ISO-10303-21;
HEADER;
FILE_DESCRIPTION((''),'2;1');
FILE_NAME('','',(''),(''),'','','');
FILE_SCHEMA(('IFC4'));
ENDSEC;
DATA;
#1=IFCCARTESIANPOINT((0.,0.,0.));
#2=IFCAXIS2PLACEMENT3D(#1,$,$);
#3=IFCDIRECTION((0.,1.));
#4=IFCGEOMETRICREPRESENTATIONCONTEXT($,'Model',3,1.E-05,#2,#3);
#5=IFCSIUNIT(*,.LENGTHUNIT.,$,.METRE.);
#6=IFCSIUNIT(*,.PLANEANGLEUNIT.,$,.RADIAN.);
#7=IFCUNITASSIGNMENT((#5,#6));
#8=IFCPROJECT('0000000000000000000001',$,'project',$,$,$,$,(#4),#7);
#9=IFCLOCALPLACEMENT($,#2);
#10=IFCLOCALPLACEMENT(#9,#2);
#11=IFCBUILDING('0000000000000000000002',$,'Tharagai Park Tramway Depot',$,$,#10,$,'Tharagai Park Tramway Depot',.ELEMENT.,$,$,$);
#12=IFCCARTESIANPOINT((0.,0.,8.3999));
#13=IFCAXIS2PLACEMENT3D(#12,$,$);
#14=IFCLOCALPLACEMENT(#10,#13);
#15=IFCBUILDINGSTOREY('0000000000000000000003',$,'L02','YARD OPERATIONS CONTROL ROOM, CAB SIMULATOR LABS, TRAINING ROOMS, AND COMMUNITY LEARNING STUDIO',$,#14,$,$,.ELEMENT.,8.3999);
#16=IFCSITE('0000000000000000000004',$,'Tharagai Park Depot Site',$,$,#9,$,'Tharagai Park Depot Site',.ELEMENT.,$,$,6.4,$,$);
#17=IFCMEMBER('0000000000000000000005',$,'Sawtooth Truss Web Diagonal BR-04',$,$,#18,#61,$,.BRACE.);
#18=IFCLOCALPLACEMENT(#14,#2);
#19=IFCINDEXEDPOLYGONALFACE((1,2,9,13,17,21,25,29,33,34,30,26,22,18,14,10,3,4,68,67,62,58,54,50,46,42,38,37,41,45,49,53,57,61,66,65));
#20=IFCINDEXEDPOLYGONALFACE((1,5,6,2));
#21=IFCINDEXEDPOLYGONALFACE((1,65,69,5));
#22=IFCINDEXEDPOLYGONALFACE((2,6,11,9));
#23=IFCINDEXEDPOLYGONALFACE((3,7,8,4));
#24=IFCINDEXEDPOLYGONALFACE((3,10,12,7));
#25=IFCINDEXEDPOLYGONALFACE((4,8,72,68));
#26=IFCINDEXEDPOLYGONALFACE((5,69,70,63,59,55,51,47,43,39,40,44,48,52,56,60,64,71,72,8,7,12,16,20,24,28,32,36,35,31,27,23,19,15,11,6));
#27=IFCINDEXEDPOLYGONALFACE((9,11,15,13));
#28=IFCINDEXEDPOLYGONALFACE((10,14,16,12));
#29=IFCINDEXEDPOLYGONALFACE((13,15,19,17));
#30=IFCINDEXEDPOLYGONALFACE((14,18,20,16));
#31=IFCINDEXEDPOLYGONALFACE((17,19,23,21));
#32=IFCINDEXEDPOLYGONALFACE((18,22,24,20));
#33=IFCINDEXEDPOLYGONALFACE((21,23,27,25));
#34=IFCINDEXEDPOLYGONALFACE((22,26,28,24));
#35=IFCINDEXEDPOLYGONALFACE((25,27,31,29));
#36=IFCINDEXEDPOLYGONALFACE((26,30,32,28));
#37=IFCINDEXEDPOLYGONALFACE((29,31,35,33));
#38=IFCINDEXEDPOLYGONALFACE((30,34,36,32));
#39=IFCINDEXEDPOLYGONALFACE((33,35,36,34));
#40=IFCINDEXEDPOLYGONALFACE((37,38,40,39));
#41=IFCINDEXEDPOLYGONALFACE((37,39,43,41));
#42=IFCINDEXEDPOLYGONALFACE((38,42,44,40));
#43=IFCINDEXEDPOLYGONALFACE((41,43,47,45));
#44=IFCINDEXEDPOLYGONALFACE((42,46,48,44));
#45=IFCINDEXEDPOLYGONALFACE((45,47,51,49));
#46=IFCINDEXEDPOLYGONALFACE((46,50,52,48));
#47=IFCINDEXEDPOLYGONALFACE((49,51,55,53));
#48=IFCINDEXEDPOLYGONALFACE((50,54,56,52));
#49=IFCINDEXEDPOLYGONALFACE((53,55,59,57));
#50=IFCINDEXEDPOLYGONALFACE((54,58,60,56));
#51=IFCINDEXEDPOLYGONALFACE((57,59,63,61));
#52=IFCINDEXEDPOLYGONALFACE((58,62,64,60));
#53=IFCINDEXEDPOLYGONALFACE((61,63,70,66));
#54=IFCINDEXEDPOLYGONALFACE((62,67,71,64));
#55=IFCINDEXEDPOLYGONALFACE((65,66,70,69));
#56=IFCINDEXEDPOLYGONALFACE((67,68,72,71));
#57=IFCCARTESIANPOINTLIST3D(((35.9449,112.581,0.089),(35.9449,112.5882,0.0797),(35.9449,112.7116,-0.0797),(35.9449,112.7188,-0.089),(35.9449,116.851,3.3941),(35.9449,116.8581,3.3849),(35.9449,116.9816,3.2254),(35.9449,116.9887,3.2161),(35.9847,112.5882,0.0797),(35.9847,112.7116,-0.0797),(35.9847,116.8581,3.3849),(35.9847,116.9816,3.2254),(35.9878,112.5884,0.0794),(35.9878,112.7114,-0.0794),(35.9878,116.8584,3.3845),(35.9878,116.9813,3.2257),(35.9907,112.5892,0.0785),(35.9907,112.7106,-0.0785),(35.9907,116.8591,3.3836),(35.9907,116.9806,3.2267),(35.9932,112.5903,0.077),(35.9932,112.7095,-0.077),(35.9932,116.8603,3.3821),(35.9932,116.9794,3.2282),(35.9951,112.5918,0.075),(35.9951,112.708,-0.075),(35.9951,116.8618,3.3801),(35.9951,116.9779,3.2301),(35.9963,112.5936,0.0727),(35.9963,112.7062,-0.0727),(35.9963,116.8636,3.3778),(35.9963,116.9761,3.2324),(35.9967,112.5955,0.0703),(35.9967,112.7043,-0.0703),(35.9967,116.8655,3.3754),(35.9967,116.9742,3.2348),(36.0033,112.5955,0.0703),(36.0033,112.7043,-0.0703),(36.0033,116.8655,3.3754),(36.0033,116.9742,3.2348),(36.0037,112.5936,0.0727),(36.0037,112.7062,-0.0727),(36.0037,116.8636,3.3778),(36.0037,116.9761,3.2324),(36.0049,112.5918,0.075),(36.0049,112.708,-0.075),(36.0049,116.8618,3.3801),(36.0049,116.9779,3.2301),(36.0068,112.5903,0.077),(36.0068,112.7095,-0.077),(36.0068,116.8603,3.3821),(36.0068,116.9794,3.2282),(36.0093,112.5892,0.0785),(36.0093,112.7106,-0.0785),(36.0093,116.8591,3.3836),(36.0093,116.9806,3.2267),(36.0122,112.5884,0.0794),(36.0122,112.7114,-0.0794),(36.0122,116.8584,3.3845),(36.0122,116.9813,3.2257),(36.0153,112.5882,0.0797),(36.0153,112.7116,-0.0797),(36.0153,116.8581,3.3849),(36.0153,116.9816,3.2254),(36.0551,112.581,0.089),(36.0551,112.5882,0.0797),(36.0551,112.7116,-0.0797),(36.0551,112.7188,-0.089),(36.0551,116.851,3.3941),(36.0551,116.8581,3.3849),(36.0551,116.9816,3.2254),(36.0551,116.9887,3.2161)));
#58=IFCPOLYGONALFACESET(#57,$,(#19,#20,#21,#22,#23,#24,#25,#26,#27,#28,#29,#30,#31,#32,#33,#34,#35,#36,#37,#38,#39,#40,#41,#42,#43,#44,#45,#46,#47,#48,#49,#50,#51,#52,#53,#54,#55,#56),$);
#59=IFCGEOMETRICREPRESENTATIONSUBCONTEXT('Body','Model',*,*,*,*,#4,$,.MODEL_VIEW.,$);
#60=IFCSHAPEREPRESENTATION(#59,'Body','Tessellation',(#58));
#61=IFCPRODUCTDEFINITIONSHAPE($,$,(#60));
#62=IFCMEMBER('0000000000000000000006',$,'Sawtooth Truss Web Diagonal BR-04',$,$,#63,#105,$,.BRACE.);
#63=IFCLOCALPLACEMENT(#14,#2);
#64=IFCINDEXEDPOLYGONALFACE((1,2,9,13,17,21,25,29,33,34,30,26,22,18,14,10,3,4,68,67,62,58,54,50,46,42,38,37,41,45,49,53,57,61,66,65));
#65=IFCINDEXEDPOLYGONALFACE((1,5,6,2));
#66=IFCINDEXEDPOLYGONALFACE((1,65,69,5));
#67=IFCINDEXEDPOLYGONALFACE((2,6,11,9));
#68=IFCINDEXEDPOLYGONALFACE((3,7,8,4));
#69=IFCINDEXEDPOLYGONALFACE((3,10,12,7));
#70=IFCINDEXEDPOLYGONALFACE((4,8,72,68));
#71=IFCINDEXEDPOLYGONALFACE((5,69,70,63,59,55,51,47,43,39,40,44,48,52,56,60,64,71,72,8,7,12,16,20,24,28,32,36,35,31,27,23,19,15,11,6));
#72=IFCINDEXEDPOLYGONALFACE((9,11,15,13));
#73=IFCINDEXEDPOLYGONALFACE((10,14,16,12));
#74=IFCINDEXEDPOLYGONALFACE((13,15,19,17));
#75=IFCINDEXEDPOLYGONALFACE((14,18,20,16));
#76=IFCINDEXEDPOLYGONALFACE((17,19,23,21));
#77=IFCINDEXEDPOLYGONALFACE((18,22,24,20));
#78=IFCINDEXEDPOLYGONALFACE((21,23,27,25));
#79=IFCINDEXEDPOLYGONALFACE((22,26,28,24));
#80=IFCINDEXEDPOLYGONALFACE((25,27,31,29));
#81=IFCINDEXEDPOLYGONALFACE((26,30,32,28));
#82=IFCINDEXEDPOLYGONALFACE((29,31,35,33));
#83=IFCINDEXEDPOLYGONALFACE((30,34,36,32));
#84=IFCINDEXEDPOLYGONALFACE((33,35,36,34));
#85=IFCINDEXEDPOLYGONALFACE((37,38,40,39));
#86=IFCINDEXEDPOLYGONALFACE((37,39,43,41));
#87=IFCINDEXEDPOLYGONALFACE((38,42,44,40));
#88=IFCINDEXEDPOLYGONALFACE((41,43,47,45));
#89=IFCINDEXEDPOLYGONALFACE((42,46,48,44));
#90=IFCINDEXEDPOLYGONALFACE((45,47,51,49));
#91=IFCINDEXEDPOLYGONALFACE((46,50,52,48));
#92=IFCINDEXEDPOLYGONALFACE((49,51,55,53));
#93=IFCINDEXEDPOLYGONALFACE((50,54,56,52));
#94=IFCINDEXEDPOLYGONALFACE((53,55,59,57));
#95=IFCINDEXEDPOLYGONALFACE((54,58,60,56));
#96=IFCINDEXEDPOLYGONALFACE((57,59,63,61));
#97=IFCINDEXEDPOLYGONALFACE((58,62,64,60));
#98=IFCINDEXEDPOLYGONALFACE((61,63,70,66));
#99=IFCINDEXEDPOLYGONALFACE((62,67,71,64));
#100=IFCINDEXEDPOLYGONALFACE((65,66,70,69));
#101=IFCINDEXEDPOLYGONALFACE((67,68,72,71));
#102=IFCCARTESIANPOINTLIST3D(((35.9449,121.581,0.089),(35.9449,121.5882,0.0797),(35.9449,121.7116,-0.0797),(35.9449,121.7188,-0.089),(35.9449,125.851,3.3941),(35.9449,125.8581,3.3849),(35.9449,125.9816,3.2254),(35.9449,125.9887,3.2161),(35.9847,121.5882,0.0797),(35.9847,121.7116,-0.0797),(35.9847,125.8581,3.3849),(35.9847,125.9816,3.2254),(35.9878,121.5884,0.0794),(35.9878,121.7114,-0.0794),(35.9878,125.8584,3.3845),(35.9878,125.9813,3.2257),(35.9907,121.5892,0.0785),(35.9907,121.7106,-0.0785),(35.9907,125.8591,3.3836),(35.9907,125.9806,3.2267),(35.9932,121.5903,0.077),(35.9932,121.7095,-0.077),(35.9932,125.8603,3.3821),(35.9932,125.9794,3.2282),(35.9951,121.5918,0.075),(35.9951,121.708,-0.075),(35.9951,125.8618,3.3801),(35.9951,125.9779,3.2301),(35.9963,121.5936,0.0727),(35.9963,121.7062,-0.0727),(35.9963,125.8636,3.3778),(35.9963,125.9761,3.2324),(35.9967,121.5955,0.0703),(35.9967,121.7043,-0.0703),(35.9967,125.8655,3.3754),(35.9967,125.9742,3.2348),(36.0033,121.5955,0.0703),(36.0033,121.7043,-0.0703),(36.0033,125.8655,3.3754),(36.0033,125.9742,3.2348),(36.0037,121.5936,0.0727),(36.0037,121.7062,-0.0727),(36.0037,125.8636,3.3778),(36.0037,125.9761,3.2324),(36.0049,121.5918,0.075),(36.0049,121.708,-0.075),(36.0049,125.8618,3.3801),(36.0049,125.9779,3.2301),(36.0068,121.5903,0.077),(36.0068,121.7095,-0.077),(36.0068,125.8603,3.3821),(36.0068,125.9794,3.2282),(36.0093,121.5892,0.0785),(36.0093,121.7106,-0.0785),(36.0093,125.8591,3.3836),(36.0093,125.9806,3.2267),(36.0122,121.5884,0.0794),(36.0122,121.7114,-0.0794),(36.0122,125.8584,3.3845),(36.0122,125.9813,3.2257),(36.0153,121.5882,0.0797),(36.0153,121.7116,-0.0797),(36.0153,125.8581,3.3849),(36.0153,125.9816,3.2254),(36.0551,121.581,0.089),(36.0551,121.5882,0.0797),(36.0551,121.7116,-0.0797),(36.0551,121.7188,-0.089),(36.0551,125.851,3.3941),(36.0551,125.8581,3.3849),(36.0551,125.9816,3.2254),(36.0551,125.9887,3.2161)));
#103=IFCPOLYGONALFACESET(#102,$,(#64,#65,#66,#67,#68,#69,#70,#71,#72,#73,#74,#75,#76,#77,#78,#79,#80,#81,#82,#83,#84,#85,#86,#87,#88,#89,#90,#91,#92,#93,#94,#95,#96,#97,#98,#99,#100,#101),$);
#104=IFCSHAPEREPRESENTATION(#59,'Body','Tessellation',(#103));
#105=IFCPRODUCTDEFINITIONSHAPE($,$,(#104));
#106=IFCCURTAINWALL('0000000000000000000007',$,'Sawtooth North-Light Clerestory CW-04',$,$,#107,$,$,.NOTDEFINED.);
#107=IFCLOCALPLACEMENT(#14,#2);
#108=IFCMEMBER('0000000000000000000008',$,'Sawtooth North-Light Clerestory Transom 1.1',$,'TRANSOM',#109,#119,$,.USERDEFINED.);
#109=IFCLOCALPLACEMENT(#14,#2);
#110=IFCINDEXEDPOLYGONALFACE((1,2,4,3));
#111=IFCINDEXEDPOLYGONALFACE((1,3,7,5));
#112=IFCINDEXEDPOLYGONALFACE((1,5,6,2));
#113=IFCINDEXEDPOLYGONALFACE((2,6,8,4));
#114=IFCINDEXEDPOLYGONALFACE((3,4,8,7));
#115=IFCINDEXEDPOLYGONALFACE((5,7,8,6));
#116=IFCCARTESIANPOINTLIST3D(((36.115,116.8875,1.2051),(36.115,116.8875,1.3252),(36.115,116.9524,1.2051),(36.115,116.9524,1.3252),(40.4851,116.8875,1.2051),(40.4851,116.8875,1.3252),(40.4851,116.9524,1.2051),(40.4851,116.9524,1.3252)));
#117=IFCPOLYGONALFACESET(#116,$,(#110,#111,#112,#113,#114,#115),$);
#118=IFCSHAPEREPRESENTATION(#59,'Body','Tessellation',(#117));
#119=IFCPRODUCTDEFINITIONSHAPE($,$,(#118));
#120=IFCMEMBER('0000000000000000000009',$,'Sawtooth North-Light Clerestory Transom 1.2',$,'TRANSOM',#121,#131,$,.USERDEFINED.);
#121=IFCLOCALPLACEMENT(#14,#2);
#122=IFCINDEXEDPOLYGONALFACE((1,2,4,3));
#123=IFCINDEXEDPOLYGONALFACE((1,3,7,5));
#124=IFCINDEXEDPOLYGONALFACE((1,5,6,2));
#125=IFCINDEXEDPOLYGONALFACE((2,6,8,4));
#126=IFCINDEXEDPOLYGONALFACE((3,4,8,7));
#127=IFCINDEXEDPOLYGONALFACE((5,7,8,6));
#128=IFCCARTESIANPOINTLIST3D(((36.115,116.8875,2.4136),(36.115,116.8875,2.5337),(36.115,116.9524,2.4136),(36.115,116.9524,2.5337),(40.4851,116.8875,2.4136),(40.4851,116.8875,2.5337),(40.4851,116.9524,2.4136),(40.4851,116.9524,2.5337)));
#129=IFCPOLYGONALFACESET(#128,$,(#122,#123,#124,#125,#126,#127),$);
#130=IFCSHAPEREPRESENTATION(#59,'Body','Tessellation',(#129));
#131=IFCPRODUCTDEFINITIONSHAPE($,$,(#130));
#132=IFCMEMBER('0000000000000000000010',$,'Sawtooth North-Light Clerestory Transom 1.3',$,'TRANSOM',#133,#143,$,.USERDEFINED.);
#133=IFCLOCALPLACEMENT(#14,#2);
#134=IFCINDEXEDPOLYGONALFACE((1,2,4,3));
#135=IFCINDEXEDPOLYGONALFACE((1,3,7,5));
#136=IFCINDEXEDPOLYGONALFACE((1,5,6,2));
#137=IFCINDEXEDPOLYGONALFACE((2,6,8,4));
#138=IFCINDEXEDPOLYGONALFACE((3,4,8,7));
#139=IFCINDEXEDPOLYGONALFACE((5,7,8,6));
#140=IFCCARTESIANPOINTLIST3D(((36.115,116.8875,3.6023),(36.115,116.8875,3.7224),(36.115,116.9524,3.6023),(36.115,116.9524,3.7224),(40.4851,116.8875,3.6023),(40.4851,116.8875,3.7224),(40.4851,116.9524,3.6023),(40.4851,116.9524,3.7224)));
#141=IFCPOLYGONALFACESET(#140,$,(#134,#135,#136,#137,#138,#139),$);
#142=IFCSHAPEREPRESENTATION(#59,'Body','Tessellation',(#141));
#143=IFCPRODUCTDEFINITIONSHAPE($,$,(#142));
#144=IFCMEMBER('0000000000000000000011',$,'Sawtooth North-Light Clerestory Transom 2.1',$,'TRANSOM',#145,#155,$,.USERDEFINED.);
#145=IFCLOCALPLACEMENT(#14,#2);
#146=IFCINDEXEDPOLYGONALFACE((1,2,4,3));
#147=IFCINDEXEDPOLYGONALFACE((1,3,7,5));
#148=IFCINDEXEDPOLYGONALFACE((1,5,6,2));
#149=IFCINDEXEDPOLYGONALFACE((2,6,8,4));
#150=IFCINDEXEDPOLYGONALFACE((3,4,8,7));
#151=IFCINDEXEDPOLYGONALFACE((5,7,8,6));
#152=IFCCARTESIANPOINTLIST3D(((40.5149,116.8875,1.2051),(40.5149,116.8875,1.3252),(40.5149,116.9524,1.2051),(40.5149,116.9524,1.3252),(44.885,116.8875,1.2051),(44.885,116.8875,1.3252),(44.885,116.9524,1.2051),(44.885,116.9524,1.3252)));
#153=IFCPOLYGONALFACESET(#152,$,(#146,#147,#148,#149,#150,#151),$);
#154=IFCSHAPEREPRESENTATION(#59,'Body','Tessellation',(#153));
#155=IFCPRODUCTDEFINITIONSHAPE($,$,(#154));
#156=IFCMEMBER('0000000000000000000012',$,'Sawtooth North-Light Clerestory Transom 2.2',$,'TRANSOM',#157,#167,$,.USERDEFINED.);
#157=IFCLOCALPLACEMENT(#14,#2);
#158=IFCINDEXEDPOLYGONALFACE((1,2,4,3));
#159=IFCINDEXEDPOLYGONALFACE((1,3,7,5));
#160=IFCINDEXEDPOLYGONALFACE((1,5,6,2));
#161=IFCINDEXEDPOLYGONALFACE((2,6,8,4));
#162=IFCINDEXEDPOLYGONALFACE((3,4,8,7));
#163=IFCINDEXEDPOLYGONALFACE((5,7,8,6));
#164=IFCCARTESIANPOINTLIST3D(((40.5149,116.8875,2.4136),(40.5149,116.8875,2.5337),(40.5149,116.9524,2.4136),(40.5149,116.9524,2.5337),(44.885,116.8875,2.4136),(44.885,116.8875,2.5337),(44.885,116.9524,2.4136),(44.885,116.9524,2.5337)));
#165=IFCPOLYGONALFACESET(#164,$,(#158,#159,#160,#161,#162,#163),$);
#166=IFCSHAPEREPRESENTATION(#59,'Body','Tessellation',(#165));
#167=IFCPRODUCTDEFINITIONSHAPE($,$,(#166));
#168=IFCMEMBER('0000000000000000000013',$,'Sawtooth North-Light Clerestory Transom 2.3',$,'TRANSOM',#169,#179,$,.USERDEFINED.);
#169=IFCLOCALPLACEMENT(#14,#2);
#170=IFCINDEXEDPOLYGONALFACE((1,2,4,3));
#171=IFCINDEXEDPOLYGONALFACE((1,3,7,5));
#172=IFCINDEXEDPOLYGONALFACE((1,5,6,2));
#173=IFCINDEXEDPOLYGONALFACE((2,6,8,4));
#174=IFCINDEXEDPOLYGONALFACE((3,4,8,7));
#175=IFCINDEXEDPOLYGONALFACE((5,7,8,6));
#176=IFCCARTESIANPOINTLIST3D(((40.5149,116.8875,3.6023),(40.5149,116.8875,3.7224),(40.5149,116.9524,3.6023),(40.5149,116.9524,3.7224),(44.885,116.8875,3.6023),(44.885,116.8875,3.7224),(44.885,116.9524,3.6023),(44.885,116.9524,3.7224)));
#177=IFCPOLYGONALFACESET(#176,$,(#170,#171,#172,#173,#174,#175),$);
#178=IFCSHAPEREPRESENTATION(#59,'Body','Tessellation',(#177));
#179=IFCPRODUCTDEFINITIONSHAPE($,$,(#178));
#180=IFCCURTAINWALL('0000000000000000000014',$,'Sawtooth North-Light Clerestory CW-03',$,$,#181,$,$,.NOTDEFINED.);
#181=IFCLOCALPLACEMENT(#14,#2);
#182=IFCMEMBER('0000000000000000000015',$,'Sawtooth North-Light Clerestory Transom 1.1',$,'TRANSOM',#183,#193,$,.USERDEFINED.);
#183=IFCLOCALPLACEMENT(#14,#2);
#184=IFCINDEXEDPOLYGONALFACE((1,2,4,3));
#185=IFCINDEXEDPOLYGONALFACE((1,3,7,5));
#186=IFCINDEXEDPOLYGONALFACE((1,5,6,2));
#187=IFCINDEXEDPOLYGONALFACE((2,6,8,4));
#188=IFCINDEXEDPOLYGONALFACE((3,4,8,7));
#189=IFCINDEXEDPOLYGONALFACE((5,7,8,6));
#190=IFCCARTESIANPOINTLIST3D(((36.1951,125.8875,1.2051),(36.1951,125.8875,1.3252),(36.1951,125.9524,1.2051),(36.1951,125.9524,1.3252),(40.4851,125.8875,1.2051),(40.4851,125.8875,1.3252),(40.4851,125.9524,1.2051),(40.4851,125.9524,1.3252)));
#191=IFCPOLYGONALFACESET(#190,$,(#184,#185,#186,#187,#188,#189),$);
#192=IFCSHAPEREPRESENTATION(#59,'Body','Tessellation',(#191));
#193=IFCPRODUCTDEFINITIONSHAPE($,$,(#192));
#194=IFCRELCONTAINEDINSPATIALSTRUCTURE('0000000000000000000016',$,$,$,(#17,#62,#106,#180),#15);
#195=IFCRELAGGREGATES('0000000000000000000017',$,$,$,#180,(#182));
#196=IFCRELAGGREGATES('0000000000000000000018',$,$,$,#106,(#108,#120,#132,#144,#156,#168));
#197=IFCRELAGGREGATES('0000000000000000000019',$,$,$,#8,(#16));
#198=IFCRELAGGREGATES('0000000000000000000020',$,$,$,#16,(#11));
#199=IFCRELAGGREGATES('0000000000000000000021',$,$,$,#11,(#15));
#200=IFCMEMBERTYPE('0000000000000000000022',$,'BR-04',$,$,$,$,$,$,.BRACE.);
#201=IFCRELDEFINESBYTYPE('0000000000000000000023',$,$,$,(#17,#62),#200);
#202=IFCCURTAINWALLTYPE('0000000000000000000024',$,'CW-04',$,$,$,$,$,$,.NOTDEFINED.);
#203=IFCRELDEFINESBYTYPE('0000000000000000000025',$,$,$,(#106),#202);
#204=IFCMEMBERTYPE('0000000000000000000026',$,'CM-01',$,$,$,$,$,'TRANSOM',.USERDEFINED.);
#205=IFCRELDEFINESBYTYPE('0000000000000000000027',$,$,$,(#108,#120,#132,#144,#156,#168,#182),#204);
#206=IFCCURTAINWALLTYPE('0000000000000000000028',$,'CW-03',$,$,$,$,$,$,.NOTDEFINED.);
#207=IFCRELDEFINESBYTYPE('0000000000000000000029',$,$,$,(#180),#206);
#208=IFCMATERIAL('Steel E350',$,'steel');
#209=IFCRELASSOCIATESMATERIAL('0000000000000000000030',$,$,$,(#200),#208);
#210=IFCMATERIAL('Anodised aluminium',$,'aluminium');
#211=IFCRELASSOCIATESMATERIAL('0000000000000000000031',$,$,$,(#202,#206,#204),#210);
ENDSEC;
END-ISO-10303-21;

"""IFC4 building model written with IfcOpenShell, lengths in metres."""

from ifc_helpers import new_model, si_unit, direction, frame, origin, origin_2d, place, context, subcontext, project, spatial, rectangle, i_section, extrude, material, material_profile, profile_set, type_object, element, aggregate, save


model = new_model("IFC4")

# Units and contexts
model_context = context("Model", 3, precision=1e-05, world=origin(), true_north=direction((0.0, 1.0)))
body_context = subcontext(model_context, "Body", "Model", "MODEL_VIEW")
ifc_project = project(units=[si_unit("LENGTHUNIT", "METRE"), si_unit("PLANEANGLEUNIT", "RADIAN")], contexts=[model_context])

# Site, building, storey
site_placement = place(None, origin())
site = spatial("IfcSite", under=ifc_project, at=site_placement, Name="Tharagai Park Depot Site", LongName="Tharagai Park Depot Site", CompositionType="ELEMENT", RefElevation=6.4)
building_placement = place(site_placement, origin())
building = spatial("IfcBuilding", under=site, at=building_placement, Name="Tharagai Park Tramway Depot", LongName="Tharagai Park Tramway Depot", CompositionType="ELEMENT")
storey_placement = place(building_placement, frame((0.0, 0.0, 8.3999)))
storey = spatial("IfcBuildingStorey", under=building, at=storey_placement, Name="L02", Description="YARD OPERATIONS CONTROL ROOM, CAB SIMULATOR LABS, TRAINING ROOMS, AND COMMUNITY LEARNING STUDIO", CompositionType="ELEMENT", Elevation=8.3999)

# Shared definitions
ifc_material_1 = material(Name="Steel E350", Category="steel")

# Members
ifc_material_profile_1 = material_profile(ifc_material_1, i_section(OverallWidth=0.1101, OverallDepth=0.2251, WebThickness=0.0066, FlangeThickness=0.0117, FilletRadius=0.012, at=origin_2d()), Name="ISMB 225")
ifc_profile_set_1 = profile_set([ifc_material_profile_1], Name="Steel E350")
member_type_1 = type_object("IfcMemberType", Name="BR-04", PredefinedType="BRACE", material=ifc_profile_set_1)
for number, where, z_axis, x_axis, name in (
    (1, (36.0, 112.6499, 0.0), (0.0, 0.790782, 0.612098), (-1.0, 0.0, 0.0), "Sawtooth Truss Web Diagonal BR-04"),
    (2, (36.0, 121.6499, 0.0), (0.0, 0.790782, 0.612098), (-1.0, 0.0, 0.0), "Sawtooth Truss Web Diagonal BR-04"),
):
    element("IfcMember", number, at=place(storey_placement, frame(where, z_axis=z_axis, x_axis=x_axis)), inside=storey, type_object=member_type_1, Name=name, PredefinedType="BRACE", context=body_context, shape_type="SweptSolid", body=[
        extrude(i_section(OverallWidth=0.1101, OverallDepth=0.2251, WebThickness=0.0066, FlangeThickness=0.0117, FilletRadius=0.012, at=origin_2d()), origin(), (0.0, 0.0, 1.0), 5.3997),
    ])

# Curtain walls, members
ifc_material_2 = material(Name="Anodised aluminium", Category="aluminium")
curtain_wall_type_1 = type_object("IfcCurtainWallType", Name="CW-04", PredefinedType="NOTDEFINED", material=ifc_material_2)
curtain_wall_1_placement = place(storey_placement, origin())
curtain_wall_1 = element("IfcCurtainWall", 3, at=curtain_wall_1_placement, inside=storey, type_object=curtain_wall_type_1, Name="Sawtooth North-Light Clerestory CW-04", PredefinedType="NOTDEFINED")
ifc_material_profile_2 = material_profile(ifc_material_2, rectangle(XDim=0.0649, YDim=0.1201, at=origin_2d()), Name="ALU 65x120")
ifc_profile_set_2 = profile_set([ifc_material_profile_2], Name="Anodised aluminium")
member_type_2 = type_object("IfcMemberType", Name="CM-01", ElementType="TRANSOM", PredefinedType="USERDEFINED", material=ifc_profile_set_2)
member_1_placement = place(storey_placement, frame((36.115, 116.9199, 1.2651), z_axis=(1.0, 0.0, 0.0), x_axis=(0.0, 1.0, 0.0)))
member_1 = element("IfcMember", 4, at=member_1_placement, type_object=member_type_2, Name="Sawtooth North-Light Clerestory Transom 1.1", ObjectType="TRANSOM", PredefinedType="USERDEFINED", context=body_context, shape_type="SweptSolid", body=[
    extrude(rectangle(XDim=0.0649, YDim=0.1201, at=origin_2d()), origin(), (0.0, 0.0, 1.0), 4.3701),
])
member_2_placement = place(storey_placement, frame((36.115, 116.9199, 2.4736), z_axis=(1.0, 0.0, 0.0), x_axis=(0.0, 1.0, 0.0)))
member_2 = element("IfcMember", 5, at=member_2_placement, type_object=member_type_2, Name="Sawtooth North-Light Clerestory Transom 1.2", ObjectType="TRANSOM", PredefinedType="USERDEFINED", context=body_context, shape_type="SweptSolid", body=[
    extrude(rectangle(XDim=0.0649, YDim=0.1201, at=origin_2d()), origin(), (0.0, 0.0, 1.0), 4.3701),
])
member_3_placement = place(storey_placement, frame((36.115, 116.9199, 3.6624), z_axis=(1.0, 0.0, 0.0), x_axis=(0.0, 1.0, 0.0)))
member_3 = element("IfcMember", 6, at=member_3_placement, type_object=member_type_2, Name="Sawtooth North-Light Clerestory Transom 1.3", ObjectType="TRANSOM", PredefinedType="USERDEFINED", context=body_context, shape_type="SweptSolid", body=[
    extrude(rectangle(XDim=0.0649, YDim=0.1201, at=origin_2d()), origin(), (0.0, 0.0, 1.0), 4.3701),
])
member_4_placement = place(storey_placement, frame((40.5149, 116.9199, 1.2651), z_axis=(1.0, 0.0, 0.0), x_axis=(0.0, 1.0, 0.0)))
member_4 = element("IfcMember", 7, at=member_4_placement, type_object=member_type_2, Name="Sawtooth North-Light Clerestory Transom 2.1", ObjectType="TRANSOM", PredefinedType="USERDEFINED", context=body_context, shape_type="SweptSolid", body=[
    extrude(rectangle(XDim=0.0649, YDim=0.1201, at=origin_2d()), origin(), (0.0, 0.0, 1.0), 4.3701),
])
member_5_placement = place(storey_placement, frame((40.5149, 116.9199, 2.4736), z_axis=(1.0, 0.0, 0.0), x_axis=(0.0, 1.0, 0.0)))
member_5 = element("IfcMember", 8, at=member_5_placement, type_object=member_type_2, Name="Sawtooth North-Light Clerestory Transom 2.2", ObjectType="TRANSOM", PredefinedType="USERDEFINED", context=body_context, shape_type="SweptSolid", body=[
    extrude(rectangle(XDim=0.0649, YDim=0.1201, at=origin_2d()), origin(), (0.0, 0.0, 1.0), 4.3701),
])
member_6_placement = place(storey_placement, frame((40.5149, 116.9199, 3.6624), z_axis=(1.0, 0.0, 0.0), x_axis=(0.0, 1.0, 0.0)))
member_6 = element("IfcMember", 9, at=member_6_placement, type_object=member_type_2, Name="Sawtooth North-Light Clerestory Transom 2.3", ObjectType="TRANSOM", PredefinedType="USERDEFINED", context=body_context, shape_type="SweptSolid", body=[
    extrude(rectangle(XDim=0.0649, YDim=0.1201, at=origin_2d()), origin(), (0.0, 0.0, 1.0), 4.3701),
])
curtain_wall_type_2 = type_object("IfcCurtainWallType", Name="CW-03", PredefinedType="NOTDEFINED", material=ifc_material_2)
curtain_wall_2_placement = place(storey_placement, origin())
curtain_wall_2 = element("IfcCurtainWall", 10, at=curtain_wall_2_placement, inside=storey, type_object=curtain_wall_type_2, Name="Sawtooth North-Light Clerestory CW-03", PredefinedType="NOTDEFINED")
member_7_placement = place(storey_placement, frame((36.1951, 125.9199, 1.2651), z_axis=(1.0, 0.0, 0.0), x_axis=(0.0, 1.0, 0.0)))
member_7 = element("IfcMember", 11, at=member_7_placement, type_object=member_type_2, Name="Sawtooth North-Light Clerestory Transom 1.1", ObjectType="TRANSOM", PredefinedType="USERDEFINED", context=body_context, shape_type="SweptSolid", body=[
    extrude(rectangle(XDim=0.0649, YDim=0.1201, at=origin_2d()), origin(), (0.0, 0.0, 1.0), 4.29),
])

aggregate(curtain_wall_2, [member_7])

aggregate(curtain_wall_1, [member_1, member_2, member_3, member_4, member_5, member_6])

save(model, "model.ifc")
